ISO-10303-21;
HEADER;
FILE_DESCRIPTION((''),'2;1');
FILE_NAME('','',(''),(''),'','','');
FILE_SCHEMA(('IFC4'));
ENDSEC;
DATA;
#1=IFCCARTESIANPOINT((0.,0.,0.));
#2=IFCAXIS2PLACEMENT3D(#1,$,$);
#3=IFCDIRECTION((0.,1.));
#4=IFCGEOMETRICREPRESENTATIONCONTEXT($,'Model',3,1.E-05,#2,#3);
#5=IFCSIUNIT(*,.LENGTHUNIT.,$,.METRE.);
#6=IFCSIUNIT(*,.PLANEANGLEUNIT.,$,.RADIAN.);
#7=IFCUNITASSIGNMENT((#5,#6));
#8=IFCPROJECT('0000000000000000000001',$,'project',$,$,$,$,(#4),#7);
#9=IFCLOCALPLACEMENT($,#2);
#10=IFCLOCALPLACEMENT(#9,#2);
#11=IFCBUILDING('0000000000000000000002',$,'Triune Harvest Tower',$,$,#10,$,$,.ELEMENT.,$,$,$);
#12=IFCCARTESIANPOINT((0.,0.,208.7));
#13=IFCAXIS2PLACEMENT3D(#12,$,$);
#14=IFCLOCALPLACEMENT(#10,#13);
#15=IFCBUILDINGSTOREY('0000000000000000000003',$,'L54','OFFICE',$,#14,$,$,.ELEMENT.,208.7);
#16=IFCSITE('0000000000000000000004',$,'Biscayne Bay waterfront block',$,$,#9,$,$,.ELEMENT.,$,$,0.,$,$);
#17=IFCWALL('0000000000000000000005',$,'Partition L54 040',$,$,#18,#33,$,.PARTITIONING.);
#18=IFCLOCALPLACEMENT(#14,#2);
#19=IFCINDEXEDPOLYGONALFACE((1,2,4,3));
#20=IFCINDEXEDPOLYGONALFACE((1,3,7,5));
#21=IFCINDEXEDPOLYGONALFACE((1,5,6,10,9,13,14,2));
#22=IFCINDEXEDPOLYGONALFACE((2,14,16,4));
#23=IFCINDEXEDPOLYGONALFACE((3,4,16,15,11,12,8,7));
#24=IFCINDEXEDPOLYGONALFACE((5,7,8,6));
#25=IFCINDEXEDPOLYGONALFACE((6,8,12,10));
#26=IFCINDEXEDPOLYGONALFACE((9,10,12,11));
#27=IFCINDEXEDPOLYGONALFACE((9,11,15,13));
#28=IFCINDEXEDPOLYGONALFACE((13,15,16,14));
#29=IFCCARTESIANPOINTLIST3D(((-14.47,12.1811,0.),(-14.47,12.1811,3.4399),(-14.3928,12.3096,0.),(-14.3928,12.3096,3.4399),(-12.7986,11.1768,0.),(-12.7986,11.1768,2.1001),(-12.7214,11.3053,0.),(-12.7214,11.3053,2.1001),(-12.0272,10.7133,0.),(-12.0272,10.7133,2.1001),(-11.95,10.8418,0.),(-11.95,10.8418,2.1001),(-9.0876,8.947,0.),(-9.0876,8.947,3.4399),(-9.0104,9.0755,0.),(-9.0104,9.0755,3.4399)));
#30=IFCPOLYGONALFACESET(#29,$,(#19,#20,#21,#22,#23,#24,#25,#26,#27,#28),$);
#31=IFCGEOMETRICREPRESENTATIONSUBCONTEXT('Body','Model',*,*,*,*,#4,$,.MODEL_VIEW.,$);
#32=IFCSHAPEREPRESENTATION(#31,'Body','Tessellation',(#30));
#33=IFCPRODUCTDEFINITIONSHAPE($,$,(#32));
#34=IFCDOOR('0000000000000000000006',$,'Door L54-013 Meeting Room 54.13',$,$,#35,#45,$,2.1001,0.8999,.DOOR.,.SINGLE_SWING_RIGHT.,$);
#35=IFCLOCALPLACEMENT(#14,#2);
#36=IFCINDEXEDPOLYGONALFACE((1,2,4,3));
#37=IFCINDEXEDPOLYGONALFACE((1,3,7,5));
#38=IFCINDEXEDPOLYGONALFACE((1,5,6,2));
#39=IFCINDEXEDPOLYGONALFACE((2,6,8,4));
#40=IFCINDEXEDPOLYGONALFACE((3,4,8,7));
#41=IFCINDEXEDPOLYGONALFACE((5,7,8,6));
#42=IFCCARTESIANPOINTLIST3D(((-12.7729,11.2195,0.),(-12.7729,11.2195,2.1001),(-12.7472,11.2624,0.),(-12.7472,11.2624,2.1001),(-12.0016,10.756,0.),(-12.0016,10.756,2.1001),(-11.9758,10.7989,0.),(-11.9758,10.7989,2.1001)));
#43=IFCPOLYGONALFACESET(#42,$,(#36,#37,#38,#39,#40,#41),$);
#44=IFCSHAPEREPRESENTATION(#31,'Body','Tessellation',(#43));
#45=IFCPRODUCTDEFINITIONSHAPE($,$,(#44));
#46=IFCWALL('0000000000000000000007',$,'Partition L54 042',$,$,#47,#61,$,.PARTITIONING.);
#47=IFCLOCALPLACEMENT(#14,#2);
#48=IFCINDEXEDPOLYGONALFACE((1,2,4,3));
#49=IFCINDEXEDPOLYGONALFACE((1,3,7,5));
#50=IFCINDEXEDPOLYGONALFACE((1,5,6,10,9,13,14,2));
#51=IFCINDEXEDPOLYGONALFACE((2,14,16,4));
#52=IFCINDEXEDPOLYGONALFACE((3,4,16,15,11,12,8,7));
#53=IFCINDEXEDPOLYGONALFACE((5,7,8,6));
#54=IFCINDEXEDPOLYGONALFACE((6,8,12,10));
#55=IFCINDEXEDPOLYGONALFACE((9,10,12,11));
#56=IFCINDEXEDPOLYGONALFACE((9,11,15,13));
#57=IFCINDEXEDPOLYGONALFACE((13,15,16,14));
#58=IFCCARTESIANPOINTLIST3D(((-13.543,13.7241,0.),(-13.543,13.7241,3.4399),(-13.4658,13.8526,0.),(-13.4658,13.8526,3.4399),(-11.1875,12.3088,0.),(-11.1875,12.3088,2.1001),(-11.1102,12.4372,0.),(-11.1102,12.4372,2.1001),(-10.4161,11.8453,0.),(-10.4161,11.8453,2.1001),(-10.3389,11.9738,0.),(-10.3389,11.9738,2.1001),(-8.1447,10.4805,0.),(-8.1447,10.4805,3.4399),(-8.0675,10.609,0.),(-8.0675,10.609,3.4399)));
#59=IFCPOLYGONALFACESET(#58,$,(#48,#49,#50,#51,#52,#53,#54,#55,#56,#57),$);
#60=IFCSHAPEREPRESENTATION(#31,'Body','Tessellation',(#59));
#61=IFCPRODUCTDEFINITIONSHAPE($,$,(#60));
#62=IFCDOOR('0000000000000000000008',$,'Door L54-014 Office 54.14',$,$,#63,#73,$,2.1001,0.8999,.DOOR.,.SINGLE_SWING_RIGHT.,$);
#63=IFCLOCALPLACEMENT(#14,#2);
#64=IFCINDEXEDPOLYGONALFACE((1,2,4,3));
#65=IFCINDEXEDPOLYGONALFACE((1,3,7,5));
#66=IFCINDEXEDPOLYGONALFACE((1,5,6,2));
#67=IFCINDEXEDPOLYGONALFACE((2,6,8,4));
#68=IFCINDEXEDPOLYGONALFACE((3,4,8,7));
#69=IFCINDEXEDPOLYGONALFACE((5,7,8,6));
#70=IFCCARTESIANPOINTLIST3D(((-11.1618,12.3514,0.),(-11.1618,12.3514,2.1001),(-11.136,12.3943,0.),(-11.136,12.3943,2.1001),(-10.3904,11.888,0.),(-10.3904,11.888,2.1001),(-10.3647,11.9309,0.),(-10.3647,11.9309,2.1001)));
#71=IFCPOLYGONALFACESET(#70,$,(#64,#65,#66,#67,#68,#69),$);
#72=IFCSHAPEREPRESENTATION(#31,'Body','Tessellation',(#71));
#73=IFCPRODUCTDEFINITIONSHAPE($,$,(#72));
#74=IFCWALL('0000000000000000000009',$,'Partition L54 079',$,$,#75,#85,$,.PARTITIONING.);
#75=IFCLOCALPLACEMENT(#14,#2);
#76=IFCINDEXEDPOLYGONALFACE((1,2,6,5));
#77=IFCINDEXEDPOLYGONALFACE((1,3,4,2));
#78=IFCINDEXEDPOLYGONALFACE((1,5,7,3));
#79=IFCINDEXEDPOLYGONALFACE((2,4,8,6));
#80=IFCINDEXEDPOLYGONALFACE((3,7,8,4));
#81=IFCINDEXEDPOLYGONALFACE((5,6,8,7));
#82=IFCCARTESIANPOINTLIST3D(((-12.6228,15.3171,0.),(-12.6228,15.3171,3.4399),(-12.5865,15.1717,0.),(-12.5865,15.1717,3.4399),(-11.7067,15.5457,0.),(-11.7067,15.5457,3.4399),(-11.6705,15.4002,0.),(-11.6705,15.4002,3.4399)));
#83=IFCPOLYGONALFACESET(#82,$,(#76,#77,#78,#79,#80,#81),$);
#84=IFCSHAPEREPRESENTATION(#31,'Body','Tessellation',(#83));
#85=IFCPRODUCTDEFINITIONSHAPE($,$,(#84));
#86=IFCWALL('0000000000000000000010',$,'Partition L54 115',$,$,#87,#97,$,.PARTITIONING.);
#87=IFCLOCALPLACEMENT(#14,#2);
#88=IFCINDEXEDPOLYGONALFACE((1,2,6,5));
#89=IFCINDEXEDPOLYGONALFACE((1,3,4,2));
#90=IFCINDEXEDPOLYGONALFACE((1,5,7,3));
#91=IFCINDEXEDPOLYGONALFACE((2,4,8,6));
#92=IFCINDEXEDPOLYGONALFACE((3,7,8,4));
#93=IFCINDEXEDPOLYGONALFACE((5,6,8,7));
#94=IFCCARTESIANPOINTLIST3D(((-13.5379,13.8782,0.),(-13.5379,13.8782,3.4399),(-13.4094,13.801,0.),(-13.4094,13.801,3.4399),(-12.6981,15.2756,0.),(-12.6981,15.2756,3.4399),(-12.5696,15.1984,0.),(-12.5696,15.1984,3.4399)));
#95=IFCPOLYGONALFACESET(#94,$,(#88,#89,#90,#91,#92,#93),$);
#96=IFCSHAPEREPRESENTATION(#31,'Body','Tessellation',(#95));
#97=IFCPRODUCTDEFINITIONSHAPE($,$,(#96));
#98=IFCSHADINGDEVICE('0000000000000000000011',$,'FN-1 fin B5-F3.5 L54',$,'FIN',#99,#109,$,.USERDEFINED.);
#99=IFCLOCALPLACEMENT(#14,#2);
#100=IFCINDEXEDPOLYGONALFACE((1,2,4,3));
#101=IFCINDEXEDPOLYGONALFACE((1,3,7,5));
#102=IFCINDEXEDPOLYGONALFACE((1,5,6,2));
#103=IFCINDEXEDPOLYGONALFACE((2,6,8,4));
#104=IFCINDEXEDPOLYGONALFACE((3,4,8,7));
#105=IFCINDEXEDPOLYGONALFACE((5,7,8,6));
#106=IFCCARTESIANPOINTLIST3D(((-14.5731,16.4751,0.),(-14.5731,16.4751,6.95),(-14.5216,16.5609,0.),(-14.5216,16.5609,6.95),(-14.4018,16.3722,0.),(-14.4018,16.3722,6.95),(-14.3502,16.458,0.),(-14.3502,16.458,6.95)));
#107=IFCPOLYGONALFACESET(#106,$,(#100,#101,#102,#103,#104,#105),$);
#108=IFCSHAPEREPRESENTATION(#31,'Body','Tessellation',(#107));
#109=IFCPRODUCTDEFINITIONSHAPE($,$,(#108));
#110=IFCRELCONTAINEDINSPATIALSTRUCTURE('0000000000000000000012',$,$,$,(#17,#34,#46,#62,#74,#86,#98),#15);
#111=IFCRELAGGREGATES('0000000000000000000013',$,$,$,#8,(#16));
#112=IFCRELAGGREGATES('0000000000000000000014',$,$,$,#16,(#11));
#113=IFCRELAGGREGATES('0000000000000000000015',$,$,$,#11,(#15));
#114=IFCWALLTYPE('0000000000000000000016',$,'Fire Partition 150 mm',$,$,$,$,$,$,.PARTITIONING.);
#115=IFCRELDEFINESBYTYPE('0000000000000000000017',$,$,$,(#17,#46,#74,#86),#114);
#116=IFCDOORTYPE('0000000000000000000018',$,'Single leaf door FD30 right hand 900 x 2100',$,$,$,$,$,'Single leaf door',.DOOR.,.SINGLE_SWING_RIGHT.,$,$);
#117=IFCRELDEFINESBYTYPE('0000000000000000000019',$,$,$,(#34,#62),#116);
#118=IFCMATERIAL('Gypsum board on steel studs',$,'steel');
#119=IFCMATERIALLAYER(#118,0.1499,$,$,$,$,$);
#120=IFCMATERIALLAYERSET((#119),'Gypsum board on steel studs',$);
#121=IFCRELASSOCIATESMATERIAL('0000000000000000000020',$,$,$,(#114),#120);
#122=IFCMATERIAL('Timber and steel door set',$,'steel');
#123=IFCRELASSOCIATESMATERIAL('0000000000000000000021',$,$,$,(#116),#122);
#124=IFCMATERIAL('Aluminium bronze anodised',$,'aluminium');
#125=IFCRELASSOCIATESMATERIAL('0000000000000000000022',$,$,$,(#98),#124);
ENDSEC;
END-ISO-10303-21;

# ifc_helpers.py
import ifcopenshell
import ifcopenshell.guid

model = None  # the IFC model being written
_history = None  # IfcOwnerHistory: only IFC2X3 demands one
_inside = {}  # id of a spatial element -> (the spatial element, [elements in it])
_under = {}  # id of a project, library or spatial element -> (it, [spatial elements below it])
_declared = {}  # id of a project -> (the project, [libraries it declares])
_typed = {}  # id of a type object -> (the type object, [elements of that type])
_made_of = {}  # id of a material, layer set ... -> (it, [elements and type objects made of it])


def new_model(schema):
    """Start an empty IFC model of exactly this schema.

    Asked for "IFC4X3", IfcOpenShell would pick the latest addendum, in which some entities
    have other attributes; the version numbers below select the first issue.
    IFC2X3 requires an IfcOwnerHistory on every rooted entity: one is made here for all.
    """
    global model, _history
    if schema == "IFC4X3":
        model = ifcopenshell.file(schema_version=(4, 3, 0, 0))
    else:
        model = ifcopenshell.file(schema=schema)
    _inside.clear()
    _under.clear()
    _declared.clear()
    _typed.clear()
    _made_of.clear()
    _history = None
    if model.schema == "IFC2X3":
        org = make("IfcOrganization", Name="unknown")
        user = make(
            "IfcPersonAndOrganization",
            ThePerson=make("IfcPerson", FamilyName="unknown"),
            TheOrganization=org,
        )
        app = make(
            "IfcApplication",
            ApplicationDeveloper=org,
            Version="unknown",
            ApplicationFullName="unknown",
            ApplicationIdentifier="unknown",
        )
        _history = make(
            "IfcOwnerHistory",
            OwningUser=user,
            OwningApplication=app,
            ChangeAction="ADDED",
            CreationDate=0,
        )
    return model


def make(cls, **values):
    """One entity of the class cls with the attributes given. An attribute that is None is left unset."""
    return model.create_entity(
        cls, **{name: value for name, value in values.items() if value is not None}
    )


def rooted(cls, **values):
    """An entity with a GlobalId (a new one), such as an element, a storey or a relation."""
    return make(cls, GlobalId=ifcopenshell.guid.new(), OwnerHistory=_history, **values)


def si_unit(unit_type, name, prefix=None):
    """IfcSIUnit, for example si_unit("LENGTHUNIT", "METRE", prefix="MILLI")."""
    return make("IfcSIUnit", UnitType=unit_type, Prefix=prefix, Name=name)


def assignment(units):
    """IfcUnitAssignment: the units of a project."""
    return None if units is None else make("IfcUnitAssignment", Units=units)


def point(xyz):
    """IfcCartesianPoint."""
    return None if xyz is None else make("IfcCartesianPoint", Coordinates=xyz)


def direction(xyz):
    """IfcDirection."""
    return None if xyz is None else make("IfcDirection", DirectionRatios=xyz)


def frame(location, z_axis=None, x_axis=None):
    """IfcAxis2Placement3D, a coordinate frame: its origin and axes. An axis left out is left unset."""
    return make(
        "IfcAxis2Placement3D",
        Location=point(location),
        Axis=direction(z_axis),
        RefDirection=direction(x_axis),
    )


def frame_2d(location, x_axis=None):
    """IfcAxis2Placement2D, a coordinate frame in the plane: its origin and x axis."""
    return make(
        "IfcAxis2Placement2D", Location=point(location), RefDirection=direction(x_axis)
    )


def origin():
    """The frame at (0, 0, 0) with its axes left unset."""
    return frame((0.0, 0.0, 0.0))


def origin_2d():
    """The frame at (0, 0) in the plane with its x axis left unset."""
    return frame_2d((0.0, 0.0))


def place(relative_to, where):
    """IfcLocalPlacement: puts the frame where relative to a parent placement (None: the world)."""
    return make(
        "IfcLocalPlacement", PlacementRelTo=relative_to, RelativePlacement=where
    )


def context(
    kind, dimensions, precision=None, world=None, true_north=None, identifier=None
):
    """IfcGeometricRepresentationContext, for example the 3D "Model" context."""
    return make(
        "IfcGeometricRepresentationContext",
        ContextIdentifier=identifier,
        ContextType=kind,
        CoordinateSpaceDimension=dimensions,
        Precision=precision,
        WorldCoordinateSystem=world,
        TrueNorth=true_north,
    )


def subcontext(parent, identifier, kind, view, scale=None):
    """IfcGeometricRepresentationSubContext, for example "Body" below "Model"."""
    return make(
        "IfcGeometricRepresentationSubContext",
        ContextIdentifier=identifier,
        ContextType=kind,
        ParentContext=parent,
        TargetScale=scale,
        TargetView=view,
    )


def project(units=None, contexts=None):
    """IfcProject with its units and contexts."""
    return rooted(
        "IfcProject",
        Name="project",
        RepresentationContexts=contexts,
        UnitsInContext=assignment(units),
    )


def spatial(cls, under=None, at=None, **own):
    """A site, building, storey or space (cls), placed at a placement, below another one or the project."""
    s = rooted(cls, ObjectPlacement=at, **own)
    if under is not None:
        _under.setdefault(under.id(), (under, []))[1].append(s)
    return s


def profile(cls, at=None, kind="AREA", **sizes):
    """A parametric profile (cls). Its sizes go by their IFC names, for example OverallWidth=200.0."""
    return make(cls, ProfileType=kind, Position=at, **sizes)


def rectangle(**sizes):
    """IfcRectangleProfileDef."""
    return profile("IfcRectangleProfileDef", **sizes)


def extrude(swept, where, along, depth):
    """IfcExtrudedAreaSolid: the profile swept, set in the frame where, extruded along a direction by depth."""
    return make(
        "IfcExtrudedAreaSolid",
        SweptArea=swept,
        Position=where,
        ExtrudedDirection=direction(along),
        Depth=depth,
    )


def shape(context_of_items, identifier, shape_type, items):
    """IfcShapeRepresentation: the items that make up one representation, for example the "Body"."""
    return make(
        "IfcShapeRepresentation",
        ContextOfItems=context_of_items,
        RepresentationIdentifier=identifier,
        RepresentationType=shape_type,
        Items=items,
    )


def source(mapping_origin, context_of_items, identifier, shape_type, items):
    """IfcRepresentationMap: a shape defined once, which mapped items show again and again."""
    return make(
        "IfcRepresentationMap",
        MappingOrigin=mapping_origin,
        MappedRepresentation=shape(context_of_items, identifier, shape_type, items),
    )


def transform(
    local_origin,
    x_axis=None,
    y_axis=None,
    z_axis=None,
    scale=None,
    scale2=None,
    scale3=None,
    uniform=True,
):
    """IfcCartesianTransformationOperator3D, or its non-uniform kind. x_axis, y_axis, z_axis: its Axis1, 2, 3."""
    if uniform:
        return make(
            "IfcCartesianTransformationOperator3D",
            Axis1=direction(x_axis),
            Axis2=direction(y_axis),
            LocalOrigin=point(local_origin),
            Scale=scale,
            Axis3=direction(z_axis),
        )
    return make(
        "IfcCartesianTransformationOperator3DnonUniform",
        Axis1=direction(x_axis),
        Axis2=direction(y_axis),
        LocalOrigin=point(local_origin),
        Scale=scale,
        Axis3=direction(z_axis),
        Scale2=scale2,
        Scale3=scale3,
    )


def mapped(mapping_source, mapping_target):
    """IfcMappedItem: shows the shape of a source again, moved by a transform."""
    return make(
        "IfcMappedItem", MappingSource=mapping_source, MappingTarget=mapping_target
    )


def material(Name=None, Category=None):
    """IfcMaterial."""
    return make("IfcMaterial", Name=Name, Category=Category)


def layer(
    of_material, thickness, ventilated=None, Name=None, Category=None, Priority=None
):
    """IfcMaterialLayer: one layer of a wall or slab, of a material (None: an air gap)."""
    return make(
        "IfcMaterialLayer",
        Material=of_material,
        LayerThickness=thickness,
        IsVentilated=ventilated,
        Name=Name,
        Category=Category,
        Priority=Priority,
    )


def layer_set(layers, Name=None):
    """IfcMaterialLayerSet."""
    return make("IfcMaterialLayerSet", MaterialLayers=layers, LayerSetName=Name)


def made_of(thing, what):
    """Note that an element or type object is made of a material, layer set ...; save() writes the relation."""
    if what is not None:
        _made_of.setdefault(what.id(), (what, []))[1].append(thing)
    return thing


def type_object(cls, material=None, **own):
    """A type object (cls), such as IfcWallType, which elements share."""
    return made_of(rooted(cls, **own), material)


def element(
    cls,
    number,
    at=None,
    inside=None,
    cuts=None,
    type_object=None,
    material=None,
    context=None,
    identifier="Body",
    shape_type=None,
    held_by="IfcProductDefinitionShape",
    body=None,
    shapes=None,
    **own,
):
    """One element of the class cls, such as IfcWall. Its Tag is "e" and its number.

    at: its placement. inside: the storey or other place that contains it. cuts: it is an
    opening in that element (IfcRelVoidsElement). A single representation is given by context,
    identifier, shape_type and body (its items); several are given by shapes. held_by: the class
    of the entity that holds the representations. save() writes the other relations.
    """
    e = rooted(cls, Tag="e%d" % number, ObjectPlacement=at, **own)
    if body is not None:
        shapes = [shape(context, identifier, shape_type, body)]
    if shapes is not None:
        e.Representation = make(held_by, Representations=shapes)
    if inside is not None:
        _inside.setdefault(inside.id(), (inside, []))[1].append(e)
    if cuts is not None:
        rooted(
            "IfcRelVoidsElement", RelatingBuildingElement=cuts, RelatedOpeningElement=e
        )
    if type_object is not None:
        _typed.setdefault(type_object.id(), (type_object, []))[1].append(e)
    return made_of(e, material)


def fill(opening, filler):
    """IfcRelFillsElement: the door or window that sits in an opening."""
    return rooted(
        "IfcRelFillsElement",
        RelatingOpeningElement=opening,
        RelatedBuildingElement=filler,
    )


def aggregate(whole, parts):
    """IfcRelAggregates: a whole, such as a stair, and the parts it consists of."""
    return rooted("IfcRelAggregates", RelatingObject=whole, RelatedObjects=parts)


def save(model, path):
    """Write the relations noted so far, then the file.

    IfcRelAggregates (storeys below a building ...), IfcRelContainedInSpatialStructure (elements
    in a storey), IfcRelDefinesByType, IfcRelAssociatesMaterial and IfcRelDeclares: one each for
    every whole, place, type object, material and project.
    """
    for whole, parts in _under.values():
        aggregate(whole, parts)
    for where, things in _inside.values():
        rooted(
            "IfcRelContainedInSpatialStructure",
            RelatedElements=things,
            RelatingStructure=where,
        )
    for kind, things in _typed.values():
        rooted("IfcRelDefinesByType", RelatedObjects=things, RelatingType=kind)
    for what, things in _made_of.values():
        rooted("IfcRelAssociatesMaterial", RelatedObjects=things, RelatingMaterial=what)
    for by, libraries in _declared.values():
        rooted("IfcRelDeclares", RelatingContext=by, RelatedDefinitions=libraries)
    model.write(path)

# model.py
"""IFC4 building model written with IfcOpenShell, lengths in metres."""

from ifc_helpers import new_model, si_unit, direction, frame, frame_2d, origin, origin_2d, place, context, subcontext, project, spatial, rectangle, extrude, source, transform, mapped, material, layer, layer_set, type_object, element, fill, save


model = new_model("IFC4")

# Units and contexts
model_context = context("Model", 3, precision=1e-05, world=origin(), true_north=direction((0.0, 1.0)))
body_context = subcontext(model_context, "Body", "Model", "MODEL_VIEW")
ifc_project = project(units=[si_unit("LENGTHUNIT", "METRE"), si_unit("PLANEANGLEUNIT", "RADIAN")], contexts=[model_context])

# Site, building, storey
site_placement = place(None, origin())
site = spatial("IfcSite", under=ifc_project, at=site_placement, Name="Biscayne Bay waterfront block", CompositionType="ELEMENT", RefElevation=0.0)
building_placement = place(site_placement, origin())
building = spatial("IfcBuilding", under=site, at=building_placement, Name="Triune Harvest Tower", CompositionType="ELEMENT")
storey_placement = place(building_placement, frame((0.0, 0.0, 208.7)))
storey = spatial("IfcBuildingStorey", under=building, at=storey_placement, Name="L54", Description="OFFICE", CompositionType="ELEMENT", Elevation=208.7)

# Walls, openings, doors
ifc_material_1 = material(Name="Gypsum board on steel studs", Category="steel")
ifc_layer_1 = layer(ifc_material_1, 0.1499)
ifc_layer_set_1 = layer_set([ifc_layer_1], Name="Gypsum board on steel studs")
wall_type = type_object("IfcWallType", Name="Fire Partition 150 mm", PredefinedType="PARTITIONING", material=ifc_layer_set_1)
wall_1_placement = place(storey_placement, frame((-14.4314, 12.2454, 0.0), z_axis=(0.0, 0.0, 1.0), x_axis=(0.85716, -0.51505, 0.0)))
wall_1 = element("IfcWall", 1, at=wall_1_placement, inside=storey, type_object=wall_type, Name="Partition L54 040", PredefinedType="PARTITIONING", context=body_context, shape_type="SweptSolid", body=[
    extrude(rectangle(XDim=6.2793, YDim=0.1499, at=frame_2d((3.1396, 0.0))), origin(), (0.0, 0.0, 1.0), 3.4399),
])
opening_1_placement = place(wall_1_placement, frame((1.95, 0.0, 0.0)))
opening_1 = element("IfcOpeningElement", 2, at=opening_1_placement, cuts=wall_1, PredefinedType="OPENING", context=body_context, shape_type="SweptSolid", body=[
    extrude(rectangle(XDim=0.8999, YDim=2.1001, at=frame_2d((0.45, 1.05))), frame((0.0, 0.085, 0.0), z_axis=(0.0, -1.0, 0.0), x_axis=(1.0, 0.0, 0.0)), (0.0, 0.0, 1.0), 0.1699),
])
ifc_material_2 = material(Name="Timber and steel door set", Category="steel")
door_type = type_object("IfcDoorType", Name="Single leaf door FD30 right hand 900 x 2100", ElementType="Single leaf door", OperationType="SINGLE_SWING_RIGHT", PredefinedType="DOOR", material=ifc_material_2)
door_1_placement = place(opening_1_placement, origin())
door_1 = element("IfcDoor", 3, at=door_1_placement, inside=storey, type_object=door_type, Name="Door L54-013 Meeting Room 54.13", OperationType="SINGLE_SWING_RIGHT", OverallHeight=2.1001, OverallWidth=0.8999, PredefinedType="DOOR", context=body_context, shape_type="SweptSolid", body=[
    extrude(rectangle(XDim=0.8999, YDim=2.1001, at=frame_2d((0.45, 1.05))), frame((0.0, 0.0249, 0.0), z_axis=(0.0, -1.0, 0.0), x_axis=(1.0, 0.0, 0.0)), (0.0, 0.0, 1.0), 0.05),
])
fill(opening_1, door_1)
wall_2_placement = place(storey_placement, frame((-13.5044, 13.7883, 0.0), z_axis=(0.0, 0.0, 1.0), x_axis=(0.857171, -0.515032, 0.0)))
wall_2 = element("IfcWall", 4, at=wall_2_placement, inside=storey, type_object=wall_type, Name="Partition L54 042", PredefinedType="PARTITIONING", context=body_context, shape_type="SweptSolid", body=[
    extrude(rectangle(XDim=6.2979, YDim=0.1499, at=frame_2d((3.1489, 0.0))), origin(), (0.0, 0.0, 1.0), 3.4399),
])
opening_2_placement = place(wall_2_placement, frame((2.748, 0.0, 0.0)))
opening_2 = element("IfcOpeningElement", 5, at=opening_2_placement, cuts=wall_2, PredefinedType="OPENING", context=body_context, shape_type="SweptSolid", body=[
    extrude(rectangle(XDim=0.8999, YDim=2.1001, at=frame_2d((0.45, 1.05))), frame((0.0, 0.085, 0.0), z_axis=(0.0, -1.0, 0.0), x_axis=(1.0, 0.0, 0.0)), (0.0, 0.0, 1.0), 0.1699),
])
door_2_placement = place(opening_2_placement, origin())
door_2 = element("IfcDoor", 6, at=door_2_placement, inside=storey, type_object=door_type, Name="Door L54-014 Office 54.14", OperationType="SINGLE_SWING_RIGHT", OverallHeight=2.1001, OverallWidth=0.8999, PredefinedType="DOOR", context=body_context, shape_type="SweptSolid", body=[
    extrude(rectangle(XDim=0.8999, YDim=2.1001, at=frame_2d((0.45, 1.05))), frame((0.0, 0.0249, 0.0), z_axis=(0.0, -1.0, 0.0), x_axis=(1.0, 0.0, 0.0)), (0.0, 0.0, 1.0), 0.05),
])
fill(opening_2, door_2)

# Walls
shared_shape_1 = source(origin(), body_context, "Body", "SweptSolid", [
    extrude(rectangle(XDim=0.9441, YDim=0.1499, at=frame_2d((0.4722, 0.0))), origin(), (0.0, 0.0, 1.0), 3.4399),
])
wall_3_placement = place(storey_placement, frame((-12.6047, 15.2444, 0.0), z_axis=(0.0, 0.0, 1.0), x_axis=(0.970264, 0.242049, 0.0)))
element("IfcWall", 7, at=wall_3_placement, inside=storey, type_object=wall_type, Name="Partition L54 079", PredefinedType="PARTITIONING", context=body_context, shape_type="MappedRepresentation", body=[
    mapped(shared_shape_1, transform((0.0, 0.0, 0.0), scale=1.0)),
])
shared_shape_2 = source(origin(), body_context, "Body", "SweptSolid", [
    extrude(rectangle(XDim=1.6304, YDim=0.1499, at=frame_2d((0.8152, 0.0))), origin(), (0.0, 0.0, 1.0), 3.4399),
])
wall_4_placement = place(storey_placement, frame((-13.4736, 13.8396, 0.0), z_axis=(0.0, 0.0, 1.0), x_axis=(0.515112, 0.857123, 0.0)))
element("IfcWall", 8, at=wall_4_placement, inside=storey, type_object=wall_type, Name="Partition L54 115", PredefinedType="PARTITIONING", context=body_context, shape_type="MappedRepresentation", body=[
    mapped(shared_shape_2, transform((0.0, 0.0, 0.0), scale=1.0)),
])

# Shading device
ifc_material_3 = material(Name="Aluminium bronze anodised", Category="aluminium")
shared_shape_3 = source(origin(), body_context, "Body", "SweptSolid", [
    extrude(rectangle(XDim=0.1001, YDim=0.2, at=origin_2d()), origin(), (0.0, 0.0, 1.0), 6.95),
])
shading_device_placement = place(storey_placement, frame((-14.4617, 16.4666, 0.0), z_axis=(0.0, 0.0, 1.0), x_axis=(-0.515037, -0.857168, 0.0)))
element("IfcShadingDevice", 9, at=shading_device_placement, inside=storey, material=ifc_material_3, Name="FN-1 fin B5-F3.5 L54", ObjectType="FIN", PredefinedType="USERDEFINED", context=body_context, shape_type="MappedRepresentation", body=[
    mapped(shared_shape_3, transform((0.0, 0.0, 0.0), scale=1.0)),
])

save(model, "model.ifc")
